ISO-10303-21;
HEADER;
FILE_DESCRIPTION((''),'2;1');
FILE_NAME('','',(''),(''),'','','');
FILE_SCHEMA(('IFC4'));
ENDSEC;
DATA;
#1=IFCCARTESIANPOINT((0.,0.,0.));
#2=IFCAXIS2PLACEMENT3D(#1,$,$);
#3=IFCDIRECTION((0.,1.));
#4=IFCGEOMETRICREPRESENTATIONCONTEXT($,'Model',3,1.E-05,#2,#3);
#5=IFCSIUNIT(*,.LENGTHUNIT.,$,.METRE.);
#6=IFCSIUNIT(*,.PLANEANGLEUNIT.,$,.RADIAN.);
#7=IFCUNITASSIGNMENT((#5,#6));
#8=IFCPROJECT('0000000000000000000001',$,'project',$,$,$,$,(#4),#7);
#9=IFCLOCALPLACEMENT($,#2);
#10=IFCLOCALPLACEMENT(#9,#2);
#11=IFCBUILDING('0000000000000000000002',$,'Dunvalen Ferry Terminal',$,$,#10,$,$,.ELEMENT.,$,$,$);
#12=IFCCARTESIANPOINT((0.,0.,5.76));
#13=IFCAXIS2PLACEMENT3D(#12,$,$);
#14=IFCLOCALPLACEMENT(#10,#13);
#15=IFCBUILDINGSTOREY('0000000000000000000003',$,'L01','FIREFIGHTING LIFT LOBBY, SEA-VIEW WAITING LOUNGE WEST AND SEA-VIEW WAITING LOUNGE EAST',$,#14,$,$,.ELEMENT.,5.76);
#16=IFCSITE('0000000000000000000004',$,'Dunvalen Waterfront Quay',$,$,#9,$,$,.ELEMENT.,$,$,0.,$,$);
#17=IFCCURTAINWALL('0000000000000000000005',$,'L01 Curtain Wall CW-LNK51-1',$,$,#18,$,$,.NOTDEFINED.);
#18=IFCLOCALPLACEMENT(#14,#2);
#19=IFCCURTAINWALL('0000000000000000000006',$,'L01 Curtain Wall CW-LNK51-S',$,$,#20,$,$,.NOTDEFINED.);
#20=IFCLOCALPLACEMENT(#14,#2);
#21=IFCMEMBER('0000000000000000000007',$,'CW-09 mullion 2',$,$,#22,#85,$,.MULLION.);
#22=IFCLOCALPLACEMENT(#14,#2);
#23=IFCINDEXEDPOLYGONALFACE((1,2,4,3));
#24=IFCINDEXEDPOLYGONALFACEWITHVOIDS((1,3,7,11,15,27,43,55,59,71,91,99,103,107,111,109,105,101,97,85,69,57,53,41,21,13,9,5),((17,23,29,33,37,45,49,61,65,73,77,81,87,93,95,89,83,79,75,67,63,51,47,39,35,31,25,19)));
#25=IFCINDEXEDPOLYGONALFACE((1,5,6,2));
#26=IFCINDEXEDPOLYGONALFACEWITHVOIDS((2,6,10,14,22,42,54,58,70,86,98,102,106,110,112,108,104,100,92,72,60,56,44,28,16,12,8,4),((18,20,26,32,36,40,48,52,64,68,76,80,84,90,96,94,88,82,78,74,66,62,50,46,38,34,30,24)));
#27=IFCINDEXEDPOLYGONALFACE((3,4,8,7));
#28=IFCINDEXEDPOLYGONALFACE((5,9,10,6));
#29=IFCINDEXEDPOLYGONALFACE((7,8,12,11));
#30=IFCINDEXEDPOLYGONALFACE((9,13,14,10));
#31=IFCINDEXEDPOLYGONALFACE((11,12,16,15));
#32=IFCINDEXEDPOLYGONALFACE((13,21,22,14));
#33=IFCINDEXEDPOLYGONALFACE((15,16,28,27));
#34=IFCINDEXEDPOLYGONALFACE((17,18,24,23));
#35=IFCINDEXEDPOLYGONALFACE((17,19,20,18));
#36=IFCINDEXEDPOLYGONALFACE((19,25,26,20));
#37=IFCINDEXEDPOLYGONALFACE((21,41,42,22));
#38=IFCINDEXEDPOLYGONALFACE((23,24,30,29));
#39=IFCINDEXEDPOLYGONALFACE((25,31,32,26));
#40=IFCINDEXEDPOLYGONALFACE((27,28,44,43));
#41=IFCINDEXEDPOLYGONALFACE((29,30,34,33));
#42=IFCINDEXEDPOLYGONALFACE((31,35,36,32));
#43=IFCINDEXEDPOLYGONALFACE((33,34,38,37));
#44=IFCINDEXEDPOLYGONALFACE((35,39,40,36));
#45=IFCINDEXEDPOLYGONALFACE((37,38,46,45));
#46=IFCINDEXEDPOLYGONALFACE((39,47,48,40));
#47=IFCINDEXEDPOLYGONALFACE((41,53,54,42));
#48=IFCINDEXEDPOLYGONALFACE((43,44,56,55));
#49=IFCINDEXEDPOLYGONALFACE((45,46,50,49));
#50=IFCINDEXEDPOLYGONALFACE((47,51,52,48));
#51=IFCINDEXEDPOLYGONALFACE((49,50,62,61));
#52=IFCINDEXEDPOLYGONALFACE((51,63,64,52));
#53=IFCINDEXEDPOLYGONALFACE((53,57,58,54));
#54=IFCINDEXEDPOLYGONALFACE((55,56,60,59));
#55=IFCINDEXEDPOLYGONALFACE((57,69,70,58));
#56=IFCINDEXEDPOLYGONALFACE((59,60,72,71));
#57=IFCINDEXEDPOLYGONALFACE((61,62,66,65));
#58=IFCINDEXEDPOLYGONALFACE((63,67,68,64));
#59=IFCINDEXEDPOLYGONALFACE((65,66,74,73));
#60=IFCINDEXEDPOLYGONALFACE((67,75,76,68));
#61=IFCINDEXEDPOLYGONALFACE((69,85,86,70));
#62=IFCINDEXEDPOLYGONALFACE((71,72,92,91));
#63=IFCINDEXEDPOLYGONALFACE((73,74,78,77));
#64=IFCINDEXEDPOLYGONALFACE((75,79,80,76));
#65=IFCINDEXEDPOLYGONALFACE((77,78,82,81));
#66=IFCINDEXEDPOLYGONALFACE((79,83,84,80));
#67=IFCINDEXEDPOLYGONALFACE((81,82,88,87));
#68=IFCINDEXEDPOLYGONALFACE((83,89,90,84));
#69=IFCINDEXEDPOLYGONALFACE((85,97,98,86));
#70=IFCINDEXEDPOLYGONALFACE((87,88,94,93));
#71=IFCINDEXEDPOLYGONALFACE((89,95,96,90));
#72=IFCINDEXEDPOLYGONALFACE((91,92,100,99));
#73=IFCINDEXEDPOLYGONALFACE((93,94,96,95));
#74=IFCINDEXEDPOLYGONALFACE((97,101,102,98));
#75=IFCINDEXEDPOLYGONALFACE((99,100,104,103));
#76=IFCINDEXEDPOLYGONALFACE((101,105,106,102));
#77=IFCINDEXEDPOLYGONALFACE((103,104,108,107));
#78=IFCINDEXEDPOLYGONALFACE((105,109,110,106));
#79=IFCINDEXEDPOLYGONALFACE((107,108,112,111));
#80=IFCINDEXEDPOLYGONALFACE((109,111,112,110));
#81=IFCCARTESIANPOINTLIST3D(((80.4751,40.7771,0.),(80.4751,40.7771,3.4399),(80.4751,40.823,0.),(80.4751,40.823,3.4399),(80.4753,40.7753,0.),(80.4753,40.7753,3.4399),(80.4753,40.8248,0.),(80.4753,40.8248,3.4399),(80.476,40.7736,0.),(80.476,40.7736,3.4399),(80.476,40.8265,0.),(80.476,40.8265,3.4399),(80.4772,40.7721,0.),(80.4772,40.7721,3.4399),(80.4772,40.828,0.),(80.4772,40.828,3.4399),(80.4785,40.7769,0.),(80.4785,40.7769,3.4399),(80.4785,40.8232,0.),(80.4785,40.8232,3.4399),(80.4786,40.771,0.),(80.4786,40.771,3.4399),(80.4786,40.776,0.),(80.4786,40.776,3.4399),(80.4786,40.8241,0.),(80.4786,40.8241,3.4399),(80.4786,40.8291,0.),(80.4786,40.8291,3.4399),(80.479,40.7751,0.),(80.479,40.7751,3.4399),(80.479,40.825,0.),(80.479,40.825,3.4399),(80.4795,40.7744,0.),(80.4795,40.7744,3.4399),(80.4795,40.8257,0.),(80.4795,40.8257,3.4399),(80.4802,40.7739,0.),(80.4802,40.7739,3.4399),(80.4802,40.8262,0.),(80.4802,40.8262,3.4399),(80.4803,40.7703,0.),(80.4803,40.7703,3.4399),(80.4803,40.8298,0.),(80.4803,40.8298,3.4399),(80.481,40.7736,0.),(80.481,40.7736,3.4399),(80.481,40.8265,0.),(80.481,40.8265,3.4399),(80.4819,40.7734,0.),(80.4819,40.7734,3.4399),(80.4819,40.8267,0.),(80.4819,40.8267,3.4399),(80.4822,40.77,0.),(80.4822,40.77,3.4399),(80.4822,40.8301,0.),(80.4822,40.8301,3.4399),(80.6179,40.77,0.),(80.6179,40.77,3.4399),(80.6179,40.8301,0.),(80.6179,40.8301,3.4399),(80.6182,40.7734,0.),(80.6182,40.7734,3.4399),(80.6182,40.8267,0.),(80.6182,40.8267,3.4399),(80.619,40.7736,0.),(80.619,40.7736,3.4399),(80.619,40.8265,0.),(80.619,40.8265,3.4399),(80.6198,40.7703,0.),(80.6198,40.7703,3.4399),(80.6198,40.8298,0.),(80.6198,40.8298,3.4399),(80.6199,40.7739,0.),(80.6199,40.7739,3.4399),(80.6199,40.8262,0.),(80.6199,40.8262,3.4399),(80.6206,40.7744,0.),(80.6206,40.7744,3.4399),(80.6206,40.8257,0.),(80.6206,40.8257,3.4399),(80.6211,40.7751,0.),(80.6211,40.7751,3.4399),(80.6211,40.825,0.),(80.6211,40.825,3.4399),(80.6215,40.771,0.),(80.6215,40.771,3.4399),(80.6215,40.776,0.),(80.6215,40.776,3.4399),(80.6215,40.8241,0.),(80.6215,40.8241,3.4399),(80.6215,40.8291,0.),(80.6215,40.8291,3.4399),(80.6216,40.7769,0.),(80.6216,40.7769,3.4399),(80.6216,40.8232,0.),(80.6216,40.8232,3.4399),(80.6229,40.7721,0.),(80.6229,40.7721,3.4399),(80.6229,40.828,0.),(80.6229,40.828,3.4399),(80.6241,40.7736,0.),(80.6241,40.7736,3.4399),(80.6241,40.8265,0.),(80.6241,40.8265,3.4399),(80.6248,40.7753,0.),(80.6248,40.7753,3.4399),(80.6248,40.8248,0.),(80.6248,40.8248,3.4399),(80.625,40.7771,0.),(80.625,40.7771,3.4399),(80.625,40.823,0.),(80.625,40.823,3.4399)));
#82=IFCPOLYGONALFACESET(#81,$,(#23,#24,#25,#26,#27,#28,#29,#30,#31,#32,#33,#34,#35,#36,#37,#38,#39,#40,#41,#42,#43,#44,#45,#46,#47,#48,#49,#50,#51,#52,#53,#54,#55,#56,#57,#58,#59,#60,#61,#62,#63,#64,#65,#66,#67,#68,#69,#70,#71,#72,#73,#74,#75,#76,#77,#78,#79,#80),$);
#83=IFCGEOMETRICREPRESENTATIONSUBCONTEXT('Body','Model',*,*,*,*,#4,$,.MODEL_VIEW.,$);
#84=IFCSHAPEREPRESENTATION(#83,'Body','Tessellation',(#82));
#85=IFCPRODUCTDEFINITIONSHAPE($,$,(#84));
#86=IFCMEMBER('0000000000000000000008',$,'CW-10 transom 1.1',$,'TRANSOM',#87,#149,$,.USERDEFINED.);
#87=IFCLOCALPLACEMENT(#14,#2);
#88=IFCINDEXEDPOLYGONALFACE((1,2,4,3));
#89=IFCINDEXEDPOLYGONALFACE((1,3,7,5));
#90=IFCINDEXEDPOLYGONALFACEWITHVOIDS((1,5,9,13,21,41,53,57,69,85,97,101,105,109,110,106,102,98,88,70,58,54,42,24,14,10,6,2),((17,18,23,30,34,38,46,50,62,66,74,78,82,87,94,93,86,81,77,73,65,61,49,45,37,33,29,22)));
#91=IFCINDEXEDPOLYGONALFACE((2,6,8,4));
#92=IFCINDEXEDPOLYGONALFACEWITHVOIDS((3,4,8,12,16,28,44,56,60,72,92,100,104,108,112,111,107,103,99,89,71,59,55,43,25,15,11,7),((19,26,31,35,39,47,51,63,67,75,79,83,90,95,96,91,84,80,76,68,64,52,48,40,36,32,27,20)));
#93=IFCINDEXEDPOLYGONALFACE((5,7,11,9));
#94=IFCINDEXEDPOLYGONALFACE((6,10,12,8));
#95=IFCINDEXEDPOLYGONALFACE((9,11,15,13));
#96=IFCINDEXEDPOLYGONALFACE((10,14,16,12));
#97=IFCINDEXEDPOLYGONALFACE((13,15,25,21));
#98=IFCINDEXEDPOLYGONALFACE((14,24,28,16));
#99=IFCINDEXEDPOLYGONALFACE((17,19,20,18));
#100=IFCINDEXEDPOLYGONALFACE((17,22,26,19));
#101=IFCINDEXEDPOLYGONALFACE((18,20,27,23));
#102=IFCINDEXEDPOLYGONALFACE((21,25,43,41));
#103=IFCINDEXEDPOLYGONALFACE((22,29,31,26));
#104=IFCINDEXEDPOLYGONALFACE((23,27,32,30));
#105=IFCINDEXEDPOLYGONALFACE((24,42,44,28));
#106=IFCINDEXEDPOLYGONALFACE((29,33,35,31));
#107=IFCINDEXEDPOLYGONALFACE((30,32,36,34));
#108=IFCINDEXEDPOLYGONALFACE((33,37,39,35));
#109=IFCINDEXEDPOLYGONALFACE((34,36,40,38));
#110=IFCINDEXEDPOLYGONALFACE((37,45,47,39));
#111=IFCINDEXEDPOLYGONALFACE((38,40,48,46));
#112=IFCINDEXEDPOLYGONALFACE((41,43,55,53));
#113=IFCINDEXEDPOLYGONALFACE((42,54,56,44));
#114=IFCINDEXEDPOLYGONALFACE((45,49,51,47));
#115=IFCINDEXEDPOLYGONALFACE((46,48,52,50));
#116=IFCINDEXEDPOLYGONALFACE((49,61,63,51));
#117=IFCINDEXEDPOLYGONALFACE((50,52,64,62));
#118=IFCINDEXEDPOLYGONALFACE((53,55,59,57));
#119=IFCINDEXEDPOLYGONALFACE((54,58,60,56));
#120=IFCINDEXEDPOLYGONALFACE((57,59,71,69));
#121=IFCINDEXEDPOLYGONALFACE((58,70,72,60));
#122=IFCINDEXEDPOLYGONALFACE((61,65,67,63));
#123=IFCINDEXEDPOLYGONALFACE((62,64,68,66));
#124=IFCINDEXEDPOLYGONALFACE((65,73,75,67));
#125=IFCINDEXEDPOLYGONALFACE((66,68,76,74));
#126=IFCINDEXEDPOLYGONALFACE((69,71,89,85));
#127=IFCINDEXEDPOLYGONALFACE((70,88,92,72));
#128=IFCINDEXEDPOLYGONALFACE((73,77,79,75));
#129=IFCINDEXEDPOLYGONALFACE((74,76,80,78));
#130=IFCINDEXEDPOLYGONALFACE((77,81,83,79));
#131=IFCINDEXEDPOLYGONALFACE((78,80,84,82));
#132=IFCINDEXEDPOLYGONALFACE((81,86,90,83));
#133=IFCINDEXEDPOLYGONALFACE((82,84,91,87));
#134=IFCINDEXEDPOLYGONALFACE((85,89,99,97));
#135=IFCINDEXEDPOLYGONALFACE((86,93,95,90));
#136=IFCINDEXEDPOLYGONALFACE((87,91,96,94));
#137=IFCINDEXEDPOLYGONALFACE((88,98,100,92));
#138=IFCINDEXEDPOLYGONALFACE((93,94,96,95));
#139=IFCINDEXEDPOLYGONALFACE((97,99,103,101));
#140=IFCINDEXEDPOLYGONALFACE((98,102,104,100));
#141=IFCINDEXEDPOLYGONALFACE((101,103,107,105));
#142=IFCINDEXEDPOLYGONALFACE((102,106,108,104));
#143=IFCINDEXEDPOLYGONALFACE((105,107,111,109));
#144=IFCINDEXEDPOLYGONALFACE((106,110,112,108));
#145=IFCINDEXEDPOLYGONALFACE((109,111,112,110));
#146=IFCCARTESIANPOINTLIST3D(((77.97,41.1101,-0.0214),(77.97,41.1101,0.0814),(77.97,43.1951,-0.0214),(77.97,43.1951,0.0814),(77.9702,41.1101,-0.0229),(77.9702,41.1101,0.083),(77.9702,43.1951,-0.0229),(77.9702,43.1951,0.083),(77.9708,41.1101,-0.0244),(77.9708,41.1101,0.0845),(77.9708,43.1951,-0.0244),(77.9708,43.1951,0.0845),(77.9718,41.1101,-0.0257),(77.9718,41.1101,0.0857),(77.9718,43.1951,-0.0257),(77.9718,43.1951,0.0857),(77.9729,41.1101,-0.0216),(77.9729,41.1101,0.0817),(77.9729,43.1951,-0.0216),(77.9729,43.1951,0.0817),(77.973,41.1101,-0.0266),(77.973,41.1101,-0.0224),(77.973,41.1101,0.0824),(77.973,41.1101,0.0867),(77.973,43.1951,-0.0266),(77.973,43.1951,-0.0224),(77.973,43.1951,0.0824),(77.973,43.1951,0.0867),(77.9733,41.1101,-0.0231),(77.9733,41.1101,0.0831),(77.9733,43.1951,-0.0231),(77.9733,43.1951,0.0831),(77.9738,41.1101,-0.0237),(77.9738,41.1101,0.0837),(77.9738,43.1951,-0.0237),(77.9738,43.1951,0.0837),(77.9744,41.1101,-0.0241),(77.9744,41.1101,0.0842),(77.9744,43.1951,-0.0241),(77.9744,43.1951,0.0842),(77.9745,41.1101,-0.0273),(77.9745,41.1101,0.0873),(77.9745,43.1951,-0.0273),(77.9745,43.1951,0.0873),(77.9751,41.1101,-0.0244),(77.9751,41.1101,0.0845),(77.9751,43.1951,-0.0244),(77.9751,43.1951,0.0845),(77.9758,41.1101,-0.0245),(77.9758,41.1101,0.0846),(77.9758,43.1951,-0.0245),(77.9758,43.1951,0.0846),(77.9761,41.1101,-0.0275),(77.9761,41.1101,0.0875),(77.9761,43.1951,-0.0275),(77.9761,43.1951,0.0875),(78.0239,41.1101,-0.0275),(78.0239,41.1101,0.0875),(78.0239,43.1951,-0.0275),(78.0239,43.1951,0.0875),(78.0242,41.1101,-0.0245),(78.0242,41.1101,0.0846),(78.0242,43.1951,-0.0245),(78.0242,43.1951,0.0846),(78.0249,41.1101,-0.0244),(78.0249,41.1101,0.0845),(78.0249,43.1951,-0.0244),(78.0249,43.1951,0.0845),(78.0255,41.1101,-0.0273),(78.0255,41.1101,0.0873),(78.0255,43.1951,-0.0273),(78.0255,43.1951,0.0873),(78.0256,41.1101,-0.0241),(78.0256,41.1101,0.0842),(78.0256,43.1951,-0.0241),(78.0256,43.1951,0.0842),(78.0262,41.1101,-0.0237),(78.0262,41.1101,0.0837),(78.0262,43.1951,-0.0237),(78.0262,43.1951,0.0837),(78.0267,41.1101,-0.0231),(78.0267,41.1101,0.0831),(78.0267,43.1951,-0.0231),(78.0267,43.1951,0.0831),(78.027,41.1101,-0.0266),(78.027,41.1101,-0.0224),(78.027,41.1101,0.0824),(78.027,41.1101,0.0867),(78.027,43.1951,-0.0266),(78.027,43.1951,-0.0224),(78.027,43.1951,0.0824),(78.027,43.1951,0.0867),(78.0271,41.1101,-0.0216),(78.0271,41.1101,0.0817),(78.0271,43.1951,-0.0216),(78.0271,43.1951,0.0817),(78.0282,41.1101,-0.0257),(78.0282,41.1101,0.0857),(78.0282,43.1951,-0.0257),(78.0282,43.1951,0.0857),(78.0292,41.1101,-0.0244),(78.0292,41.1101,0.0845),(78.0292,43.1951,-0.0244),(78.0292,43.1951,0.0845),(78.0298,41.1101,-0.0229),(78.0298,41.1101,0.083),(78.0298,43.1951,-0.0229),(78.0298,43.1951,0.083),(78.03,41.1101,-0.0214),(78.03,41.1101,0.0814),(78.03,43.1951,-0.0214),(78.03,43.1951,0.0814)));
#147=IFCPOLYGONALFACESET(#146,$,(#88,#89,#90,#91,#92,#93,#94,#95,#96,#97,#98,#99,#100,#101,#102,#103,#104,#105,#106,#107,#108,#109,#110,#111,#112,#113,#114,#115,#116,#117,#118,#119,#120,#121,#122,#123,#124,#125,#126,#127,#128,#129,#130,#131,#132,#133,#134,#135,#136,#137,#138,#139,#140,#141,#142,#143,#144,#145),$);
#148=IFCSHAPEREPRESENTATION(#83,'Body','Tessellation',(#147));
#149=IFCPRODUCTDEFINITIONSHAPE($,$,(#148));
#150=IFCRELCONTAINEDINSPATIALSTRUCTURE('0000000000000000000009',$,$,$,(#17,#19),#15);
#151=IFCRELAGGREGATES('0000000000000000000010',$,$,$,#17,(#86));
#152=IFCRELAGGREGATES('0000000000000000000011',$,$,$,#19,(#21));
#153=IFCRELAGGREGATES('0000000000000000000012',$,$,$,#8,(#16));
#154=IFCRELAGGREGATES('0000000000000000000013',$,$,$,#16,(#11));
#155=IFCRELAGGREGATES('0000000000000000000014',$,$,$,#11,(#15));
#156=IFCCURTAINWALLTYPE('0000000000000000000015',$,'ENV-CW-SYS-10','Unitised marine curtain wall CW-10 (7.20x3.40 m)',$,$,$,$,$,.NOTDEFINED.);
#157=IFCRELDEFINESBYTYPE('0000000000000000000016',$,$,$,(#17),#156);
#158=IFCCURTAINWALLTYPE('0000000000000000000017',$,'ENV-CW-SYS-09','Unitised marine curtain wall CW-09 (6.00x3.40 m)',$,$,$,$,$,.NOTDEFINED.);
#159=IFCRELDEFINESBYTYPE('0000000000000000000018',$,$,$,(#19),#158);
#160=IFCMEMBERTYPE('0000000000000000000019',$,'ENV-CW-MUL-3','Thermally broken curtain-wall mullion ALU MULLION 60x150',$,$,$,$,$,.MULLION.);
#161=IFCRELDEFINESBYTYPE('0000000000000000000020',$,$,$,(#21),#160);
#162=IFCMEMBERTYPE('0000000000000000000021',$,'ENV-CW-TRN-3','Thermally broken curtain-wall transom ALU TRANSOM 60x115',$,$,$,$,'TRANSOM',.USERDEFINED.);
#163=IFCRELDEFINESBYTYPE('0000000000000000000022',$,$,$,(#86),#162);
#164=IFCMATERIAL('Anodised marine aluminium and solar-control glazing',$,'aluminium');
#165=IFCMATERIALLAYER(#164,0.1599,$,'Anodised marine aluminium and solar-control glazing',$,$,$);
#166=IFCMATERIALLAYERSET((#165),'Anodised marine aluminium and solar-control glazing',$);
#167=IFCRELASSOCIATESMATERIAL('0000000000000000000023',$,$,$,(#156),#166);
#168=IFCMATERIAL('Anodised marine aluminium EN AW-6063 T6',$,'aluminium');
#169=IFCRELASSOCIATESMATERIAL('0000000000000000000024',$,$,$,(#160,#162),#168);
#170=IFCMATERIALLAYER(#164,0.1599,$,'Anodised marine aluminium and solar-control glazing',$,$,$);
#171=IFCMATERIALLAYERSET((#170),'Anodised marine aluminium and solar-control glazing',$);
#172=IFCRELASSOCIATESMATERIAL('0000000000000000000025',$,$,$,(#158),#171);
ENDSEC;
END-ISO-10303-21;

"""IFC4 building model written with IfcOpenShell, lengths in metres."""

from ifc_helpers import new_model, si_unit, direction, frame, origin, origin_2d, place, context, subcontext, project, spatial, hollow_rectangle, extrude, material, layer, layer_set, material_profile, profile_set, type_object, element, aggregate, save


model = new_model("IFC4")

# Units and contexts
model_context = context("Model", 3, precision=1e-05, world=origin(), true_north=direction((0.0, 1.0)))
body_context = subcontext(model_context, "Body", "Model", "MODEL_VIEW")
ifc_project = project(units=[si_unit("LENGTHUNIT", "METRE"), si_unit("PLANEANGLEUNIT", "RADIAN")], contexts=[model_context])

# Site, building, storey
site_placement = place(None, origin())
site = spatial("IfcSite", under=ifc_project, at=site_placement, Name="Dunvalen Waterfront Quay", CompositionType="ELEMENT", RefElevation=0.0)
building_placement = place(site_placement, origin())
building = spatial("IfcBuilding", under=site, at=building_placement, Name="Dunvalen Ferry Terminal", CompositionType="ELEMENT")
storey_placement = place(building_placement, frame((0.0, 0.0, 5.76)))
storey = spatial("IfcBuildingStorey", under=building, at=storey_placement, Name="L01", Description="FIREFIGHTING LIFT LOBBY, SEA-VIEW WAITING LOUNGE WEST AND SEA-VIEW WAITING LOUNGE EAST", CompositionType="ELEMENT", Elevation=5.76)

# Curtain walls, member
ifc_material_1 = material(Name="Anodised marine aluminium and solar-control glazing", Category="aluminium")
ifc_layer_1 = layer(ifc_material_1, 0.1599, Name="Anodised marine aluminium and solar-control glazing")
ifc_layer_set_1 = layer_set([ifc_layer_1], Name="Anodised marine aluminium and solar-control glazing")
curtain_wall_type_1 = type_object("IfcCurtainWallType", Name="ENV-CW-SYS-10", Description="Unitised marine curtain wall CW-10 (7.20x3.40 m)", PredefinedType="NOTDEFINED", material=ifc_layer_set_1)
curtain_wall_1_placement = place(storey_placement, origin())
curtain_wall_1 = element("IfcCurtainWall", 1, at=curtain_wall_1_placement, inside=storey, type_object=curtain_wall_type_1, Name="L01 Curtain Wall CW-LNK51-1", PredefinedType="NOTDEFINED")
ifc_material_2 = material(Name="Anodised marine aluminium EN AW-6063 T6", Category="aluminium")
ifc_material_profile_1 = material_profile(ifc_material_2, hollow_rectangle(XDim=0.0601, YDim=0.1499, WallThickness=0.0034, InnerFilletRadius=0.0034, OuterFilletRadius=0.0071, at=origin_2d()), Name="Anodised marine aluminium EN AW-6063 T6")
ifc_profile_set_1 = profile_set([ifc_material_profile_1], Name="Anodised marine aluminium EN AW-6063 T6")
member_type_1 = type_object("IfcMemberType", Name="ENV-CW-MUL-3", Description="Thermally broken curtain-wall mullion ALU MULLION 60x150", PredefinedType="MULLION", material=ifc_profile_set_1)
ifc_layer_2 = layer(ifc_material_1, 0.1599, Name="Anodised marine aluminium and solar-control glazing")
ifc_layer_set_2 = layer_set([ifc_layer_2], Name="Anodised marine aluminium and solar-control glazing")
curtain_wall_type_2 = type_object("IfcCurtainWallType", Name="ENV-CW-SYS-09", Description="Unitised marine curtain wall CW-09 (6.00x3.40 m)", PredefinedType="NOTDEFINED", material=ifc_layer_set_2)
curtain_wall_2_placement = place(storey_placement, origin())
curtain_wall_2 = element("IfcCurtainWall", 2, at=curtain_wall_2_placement, inside=storey, type_object=curtain_wall_type_2, Name="L01 Curtain Wall CW-LNK51-S", PredefinedType="NOTDEFINED")
member_1_placement = place(storey_placement, frame((80.55, 40.8, 0.0), z_axis=(0.0, 0.0, 1.0), x_axis=(0.0, 1.0, 0.0)))
member_1 = element("IfcMember", 3, at=member_1_placement, type_object=member_type_1, Name="CW-09 mullion 2", PredefinedType="MULLION", context=body_context, shape_type="SweptSolid", body=[
    extrude(hollow_rectangle(XDim=0.0601, YDim=0.1499, WallThickness=0.0034, InnerFilletRadius=0.0034, OuterFilletRadius=0.0071, at=origin_2d()), origin(), (0.0, 0.0, 1.0), 3.4399),
])

# Member
ifc_material_profile_2 = material_profile(ifc_material_2, hollow_rectangle(XDim=0.0601, YDim=0.115, WallThickness=0.0029, InnerFilletRadius=0.0029, OuterFilletRadius=0.0061, at=origin_2d()), Name="Anodised marine aluminium EN AW-6063 T6")
ifc_profile_set_2 = profile_set([ifc_material_profile_2], Name="Anodised marine aluminium EN AW-6063 T6")
member_type_2 = type_object("IfcMemberType", Name="ENV-CW-TRN-3", Description="Thermally broken curtain-wall transom ALU TRANSOM 60x115", ElementType="TRANSOM", PredefinedType="USERDEFINED", material=ifc_profile_set_2)
member_2_placement = place(storey_placement, frame((78.0, 41.1101, 0.03), z_axis=(0.0, 1.0, 0.0), x_axis=(-1.0, 0.0, 0.0)))
member_2 = element("IfcMember", 4, at=member_2_placement, type_object=member_type_2, Name="CW-10 transom 1.1", ObjectType="TRANSOM", PredefinedType="USERDEFINED", context=body_context, shape_type="SweptSolid", body=[
    extrude(hollow_rectangle(XDim=0.0601, YDim=0.115, WallThickness=0.0029, InnerFilletRadius=0.0029, OuterFilletRadius=0.0061, at=origin_2d()), origin(), (0.0, 0.0, 1.0), 2.085),
])

aggregate(curtain_wall_1, [member_2])
aggregate(curtain_wall_2, [member_1])

save(model, "model.ifc")
